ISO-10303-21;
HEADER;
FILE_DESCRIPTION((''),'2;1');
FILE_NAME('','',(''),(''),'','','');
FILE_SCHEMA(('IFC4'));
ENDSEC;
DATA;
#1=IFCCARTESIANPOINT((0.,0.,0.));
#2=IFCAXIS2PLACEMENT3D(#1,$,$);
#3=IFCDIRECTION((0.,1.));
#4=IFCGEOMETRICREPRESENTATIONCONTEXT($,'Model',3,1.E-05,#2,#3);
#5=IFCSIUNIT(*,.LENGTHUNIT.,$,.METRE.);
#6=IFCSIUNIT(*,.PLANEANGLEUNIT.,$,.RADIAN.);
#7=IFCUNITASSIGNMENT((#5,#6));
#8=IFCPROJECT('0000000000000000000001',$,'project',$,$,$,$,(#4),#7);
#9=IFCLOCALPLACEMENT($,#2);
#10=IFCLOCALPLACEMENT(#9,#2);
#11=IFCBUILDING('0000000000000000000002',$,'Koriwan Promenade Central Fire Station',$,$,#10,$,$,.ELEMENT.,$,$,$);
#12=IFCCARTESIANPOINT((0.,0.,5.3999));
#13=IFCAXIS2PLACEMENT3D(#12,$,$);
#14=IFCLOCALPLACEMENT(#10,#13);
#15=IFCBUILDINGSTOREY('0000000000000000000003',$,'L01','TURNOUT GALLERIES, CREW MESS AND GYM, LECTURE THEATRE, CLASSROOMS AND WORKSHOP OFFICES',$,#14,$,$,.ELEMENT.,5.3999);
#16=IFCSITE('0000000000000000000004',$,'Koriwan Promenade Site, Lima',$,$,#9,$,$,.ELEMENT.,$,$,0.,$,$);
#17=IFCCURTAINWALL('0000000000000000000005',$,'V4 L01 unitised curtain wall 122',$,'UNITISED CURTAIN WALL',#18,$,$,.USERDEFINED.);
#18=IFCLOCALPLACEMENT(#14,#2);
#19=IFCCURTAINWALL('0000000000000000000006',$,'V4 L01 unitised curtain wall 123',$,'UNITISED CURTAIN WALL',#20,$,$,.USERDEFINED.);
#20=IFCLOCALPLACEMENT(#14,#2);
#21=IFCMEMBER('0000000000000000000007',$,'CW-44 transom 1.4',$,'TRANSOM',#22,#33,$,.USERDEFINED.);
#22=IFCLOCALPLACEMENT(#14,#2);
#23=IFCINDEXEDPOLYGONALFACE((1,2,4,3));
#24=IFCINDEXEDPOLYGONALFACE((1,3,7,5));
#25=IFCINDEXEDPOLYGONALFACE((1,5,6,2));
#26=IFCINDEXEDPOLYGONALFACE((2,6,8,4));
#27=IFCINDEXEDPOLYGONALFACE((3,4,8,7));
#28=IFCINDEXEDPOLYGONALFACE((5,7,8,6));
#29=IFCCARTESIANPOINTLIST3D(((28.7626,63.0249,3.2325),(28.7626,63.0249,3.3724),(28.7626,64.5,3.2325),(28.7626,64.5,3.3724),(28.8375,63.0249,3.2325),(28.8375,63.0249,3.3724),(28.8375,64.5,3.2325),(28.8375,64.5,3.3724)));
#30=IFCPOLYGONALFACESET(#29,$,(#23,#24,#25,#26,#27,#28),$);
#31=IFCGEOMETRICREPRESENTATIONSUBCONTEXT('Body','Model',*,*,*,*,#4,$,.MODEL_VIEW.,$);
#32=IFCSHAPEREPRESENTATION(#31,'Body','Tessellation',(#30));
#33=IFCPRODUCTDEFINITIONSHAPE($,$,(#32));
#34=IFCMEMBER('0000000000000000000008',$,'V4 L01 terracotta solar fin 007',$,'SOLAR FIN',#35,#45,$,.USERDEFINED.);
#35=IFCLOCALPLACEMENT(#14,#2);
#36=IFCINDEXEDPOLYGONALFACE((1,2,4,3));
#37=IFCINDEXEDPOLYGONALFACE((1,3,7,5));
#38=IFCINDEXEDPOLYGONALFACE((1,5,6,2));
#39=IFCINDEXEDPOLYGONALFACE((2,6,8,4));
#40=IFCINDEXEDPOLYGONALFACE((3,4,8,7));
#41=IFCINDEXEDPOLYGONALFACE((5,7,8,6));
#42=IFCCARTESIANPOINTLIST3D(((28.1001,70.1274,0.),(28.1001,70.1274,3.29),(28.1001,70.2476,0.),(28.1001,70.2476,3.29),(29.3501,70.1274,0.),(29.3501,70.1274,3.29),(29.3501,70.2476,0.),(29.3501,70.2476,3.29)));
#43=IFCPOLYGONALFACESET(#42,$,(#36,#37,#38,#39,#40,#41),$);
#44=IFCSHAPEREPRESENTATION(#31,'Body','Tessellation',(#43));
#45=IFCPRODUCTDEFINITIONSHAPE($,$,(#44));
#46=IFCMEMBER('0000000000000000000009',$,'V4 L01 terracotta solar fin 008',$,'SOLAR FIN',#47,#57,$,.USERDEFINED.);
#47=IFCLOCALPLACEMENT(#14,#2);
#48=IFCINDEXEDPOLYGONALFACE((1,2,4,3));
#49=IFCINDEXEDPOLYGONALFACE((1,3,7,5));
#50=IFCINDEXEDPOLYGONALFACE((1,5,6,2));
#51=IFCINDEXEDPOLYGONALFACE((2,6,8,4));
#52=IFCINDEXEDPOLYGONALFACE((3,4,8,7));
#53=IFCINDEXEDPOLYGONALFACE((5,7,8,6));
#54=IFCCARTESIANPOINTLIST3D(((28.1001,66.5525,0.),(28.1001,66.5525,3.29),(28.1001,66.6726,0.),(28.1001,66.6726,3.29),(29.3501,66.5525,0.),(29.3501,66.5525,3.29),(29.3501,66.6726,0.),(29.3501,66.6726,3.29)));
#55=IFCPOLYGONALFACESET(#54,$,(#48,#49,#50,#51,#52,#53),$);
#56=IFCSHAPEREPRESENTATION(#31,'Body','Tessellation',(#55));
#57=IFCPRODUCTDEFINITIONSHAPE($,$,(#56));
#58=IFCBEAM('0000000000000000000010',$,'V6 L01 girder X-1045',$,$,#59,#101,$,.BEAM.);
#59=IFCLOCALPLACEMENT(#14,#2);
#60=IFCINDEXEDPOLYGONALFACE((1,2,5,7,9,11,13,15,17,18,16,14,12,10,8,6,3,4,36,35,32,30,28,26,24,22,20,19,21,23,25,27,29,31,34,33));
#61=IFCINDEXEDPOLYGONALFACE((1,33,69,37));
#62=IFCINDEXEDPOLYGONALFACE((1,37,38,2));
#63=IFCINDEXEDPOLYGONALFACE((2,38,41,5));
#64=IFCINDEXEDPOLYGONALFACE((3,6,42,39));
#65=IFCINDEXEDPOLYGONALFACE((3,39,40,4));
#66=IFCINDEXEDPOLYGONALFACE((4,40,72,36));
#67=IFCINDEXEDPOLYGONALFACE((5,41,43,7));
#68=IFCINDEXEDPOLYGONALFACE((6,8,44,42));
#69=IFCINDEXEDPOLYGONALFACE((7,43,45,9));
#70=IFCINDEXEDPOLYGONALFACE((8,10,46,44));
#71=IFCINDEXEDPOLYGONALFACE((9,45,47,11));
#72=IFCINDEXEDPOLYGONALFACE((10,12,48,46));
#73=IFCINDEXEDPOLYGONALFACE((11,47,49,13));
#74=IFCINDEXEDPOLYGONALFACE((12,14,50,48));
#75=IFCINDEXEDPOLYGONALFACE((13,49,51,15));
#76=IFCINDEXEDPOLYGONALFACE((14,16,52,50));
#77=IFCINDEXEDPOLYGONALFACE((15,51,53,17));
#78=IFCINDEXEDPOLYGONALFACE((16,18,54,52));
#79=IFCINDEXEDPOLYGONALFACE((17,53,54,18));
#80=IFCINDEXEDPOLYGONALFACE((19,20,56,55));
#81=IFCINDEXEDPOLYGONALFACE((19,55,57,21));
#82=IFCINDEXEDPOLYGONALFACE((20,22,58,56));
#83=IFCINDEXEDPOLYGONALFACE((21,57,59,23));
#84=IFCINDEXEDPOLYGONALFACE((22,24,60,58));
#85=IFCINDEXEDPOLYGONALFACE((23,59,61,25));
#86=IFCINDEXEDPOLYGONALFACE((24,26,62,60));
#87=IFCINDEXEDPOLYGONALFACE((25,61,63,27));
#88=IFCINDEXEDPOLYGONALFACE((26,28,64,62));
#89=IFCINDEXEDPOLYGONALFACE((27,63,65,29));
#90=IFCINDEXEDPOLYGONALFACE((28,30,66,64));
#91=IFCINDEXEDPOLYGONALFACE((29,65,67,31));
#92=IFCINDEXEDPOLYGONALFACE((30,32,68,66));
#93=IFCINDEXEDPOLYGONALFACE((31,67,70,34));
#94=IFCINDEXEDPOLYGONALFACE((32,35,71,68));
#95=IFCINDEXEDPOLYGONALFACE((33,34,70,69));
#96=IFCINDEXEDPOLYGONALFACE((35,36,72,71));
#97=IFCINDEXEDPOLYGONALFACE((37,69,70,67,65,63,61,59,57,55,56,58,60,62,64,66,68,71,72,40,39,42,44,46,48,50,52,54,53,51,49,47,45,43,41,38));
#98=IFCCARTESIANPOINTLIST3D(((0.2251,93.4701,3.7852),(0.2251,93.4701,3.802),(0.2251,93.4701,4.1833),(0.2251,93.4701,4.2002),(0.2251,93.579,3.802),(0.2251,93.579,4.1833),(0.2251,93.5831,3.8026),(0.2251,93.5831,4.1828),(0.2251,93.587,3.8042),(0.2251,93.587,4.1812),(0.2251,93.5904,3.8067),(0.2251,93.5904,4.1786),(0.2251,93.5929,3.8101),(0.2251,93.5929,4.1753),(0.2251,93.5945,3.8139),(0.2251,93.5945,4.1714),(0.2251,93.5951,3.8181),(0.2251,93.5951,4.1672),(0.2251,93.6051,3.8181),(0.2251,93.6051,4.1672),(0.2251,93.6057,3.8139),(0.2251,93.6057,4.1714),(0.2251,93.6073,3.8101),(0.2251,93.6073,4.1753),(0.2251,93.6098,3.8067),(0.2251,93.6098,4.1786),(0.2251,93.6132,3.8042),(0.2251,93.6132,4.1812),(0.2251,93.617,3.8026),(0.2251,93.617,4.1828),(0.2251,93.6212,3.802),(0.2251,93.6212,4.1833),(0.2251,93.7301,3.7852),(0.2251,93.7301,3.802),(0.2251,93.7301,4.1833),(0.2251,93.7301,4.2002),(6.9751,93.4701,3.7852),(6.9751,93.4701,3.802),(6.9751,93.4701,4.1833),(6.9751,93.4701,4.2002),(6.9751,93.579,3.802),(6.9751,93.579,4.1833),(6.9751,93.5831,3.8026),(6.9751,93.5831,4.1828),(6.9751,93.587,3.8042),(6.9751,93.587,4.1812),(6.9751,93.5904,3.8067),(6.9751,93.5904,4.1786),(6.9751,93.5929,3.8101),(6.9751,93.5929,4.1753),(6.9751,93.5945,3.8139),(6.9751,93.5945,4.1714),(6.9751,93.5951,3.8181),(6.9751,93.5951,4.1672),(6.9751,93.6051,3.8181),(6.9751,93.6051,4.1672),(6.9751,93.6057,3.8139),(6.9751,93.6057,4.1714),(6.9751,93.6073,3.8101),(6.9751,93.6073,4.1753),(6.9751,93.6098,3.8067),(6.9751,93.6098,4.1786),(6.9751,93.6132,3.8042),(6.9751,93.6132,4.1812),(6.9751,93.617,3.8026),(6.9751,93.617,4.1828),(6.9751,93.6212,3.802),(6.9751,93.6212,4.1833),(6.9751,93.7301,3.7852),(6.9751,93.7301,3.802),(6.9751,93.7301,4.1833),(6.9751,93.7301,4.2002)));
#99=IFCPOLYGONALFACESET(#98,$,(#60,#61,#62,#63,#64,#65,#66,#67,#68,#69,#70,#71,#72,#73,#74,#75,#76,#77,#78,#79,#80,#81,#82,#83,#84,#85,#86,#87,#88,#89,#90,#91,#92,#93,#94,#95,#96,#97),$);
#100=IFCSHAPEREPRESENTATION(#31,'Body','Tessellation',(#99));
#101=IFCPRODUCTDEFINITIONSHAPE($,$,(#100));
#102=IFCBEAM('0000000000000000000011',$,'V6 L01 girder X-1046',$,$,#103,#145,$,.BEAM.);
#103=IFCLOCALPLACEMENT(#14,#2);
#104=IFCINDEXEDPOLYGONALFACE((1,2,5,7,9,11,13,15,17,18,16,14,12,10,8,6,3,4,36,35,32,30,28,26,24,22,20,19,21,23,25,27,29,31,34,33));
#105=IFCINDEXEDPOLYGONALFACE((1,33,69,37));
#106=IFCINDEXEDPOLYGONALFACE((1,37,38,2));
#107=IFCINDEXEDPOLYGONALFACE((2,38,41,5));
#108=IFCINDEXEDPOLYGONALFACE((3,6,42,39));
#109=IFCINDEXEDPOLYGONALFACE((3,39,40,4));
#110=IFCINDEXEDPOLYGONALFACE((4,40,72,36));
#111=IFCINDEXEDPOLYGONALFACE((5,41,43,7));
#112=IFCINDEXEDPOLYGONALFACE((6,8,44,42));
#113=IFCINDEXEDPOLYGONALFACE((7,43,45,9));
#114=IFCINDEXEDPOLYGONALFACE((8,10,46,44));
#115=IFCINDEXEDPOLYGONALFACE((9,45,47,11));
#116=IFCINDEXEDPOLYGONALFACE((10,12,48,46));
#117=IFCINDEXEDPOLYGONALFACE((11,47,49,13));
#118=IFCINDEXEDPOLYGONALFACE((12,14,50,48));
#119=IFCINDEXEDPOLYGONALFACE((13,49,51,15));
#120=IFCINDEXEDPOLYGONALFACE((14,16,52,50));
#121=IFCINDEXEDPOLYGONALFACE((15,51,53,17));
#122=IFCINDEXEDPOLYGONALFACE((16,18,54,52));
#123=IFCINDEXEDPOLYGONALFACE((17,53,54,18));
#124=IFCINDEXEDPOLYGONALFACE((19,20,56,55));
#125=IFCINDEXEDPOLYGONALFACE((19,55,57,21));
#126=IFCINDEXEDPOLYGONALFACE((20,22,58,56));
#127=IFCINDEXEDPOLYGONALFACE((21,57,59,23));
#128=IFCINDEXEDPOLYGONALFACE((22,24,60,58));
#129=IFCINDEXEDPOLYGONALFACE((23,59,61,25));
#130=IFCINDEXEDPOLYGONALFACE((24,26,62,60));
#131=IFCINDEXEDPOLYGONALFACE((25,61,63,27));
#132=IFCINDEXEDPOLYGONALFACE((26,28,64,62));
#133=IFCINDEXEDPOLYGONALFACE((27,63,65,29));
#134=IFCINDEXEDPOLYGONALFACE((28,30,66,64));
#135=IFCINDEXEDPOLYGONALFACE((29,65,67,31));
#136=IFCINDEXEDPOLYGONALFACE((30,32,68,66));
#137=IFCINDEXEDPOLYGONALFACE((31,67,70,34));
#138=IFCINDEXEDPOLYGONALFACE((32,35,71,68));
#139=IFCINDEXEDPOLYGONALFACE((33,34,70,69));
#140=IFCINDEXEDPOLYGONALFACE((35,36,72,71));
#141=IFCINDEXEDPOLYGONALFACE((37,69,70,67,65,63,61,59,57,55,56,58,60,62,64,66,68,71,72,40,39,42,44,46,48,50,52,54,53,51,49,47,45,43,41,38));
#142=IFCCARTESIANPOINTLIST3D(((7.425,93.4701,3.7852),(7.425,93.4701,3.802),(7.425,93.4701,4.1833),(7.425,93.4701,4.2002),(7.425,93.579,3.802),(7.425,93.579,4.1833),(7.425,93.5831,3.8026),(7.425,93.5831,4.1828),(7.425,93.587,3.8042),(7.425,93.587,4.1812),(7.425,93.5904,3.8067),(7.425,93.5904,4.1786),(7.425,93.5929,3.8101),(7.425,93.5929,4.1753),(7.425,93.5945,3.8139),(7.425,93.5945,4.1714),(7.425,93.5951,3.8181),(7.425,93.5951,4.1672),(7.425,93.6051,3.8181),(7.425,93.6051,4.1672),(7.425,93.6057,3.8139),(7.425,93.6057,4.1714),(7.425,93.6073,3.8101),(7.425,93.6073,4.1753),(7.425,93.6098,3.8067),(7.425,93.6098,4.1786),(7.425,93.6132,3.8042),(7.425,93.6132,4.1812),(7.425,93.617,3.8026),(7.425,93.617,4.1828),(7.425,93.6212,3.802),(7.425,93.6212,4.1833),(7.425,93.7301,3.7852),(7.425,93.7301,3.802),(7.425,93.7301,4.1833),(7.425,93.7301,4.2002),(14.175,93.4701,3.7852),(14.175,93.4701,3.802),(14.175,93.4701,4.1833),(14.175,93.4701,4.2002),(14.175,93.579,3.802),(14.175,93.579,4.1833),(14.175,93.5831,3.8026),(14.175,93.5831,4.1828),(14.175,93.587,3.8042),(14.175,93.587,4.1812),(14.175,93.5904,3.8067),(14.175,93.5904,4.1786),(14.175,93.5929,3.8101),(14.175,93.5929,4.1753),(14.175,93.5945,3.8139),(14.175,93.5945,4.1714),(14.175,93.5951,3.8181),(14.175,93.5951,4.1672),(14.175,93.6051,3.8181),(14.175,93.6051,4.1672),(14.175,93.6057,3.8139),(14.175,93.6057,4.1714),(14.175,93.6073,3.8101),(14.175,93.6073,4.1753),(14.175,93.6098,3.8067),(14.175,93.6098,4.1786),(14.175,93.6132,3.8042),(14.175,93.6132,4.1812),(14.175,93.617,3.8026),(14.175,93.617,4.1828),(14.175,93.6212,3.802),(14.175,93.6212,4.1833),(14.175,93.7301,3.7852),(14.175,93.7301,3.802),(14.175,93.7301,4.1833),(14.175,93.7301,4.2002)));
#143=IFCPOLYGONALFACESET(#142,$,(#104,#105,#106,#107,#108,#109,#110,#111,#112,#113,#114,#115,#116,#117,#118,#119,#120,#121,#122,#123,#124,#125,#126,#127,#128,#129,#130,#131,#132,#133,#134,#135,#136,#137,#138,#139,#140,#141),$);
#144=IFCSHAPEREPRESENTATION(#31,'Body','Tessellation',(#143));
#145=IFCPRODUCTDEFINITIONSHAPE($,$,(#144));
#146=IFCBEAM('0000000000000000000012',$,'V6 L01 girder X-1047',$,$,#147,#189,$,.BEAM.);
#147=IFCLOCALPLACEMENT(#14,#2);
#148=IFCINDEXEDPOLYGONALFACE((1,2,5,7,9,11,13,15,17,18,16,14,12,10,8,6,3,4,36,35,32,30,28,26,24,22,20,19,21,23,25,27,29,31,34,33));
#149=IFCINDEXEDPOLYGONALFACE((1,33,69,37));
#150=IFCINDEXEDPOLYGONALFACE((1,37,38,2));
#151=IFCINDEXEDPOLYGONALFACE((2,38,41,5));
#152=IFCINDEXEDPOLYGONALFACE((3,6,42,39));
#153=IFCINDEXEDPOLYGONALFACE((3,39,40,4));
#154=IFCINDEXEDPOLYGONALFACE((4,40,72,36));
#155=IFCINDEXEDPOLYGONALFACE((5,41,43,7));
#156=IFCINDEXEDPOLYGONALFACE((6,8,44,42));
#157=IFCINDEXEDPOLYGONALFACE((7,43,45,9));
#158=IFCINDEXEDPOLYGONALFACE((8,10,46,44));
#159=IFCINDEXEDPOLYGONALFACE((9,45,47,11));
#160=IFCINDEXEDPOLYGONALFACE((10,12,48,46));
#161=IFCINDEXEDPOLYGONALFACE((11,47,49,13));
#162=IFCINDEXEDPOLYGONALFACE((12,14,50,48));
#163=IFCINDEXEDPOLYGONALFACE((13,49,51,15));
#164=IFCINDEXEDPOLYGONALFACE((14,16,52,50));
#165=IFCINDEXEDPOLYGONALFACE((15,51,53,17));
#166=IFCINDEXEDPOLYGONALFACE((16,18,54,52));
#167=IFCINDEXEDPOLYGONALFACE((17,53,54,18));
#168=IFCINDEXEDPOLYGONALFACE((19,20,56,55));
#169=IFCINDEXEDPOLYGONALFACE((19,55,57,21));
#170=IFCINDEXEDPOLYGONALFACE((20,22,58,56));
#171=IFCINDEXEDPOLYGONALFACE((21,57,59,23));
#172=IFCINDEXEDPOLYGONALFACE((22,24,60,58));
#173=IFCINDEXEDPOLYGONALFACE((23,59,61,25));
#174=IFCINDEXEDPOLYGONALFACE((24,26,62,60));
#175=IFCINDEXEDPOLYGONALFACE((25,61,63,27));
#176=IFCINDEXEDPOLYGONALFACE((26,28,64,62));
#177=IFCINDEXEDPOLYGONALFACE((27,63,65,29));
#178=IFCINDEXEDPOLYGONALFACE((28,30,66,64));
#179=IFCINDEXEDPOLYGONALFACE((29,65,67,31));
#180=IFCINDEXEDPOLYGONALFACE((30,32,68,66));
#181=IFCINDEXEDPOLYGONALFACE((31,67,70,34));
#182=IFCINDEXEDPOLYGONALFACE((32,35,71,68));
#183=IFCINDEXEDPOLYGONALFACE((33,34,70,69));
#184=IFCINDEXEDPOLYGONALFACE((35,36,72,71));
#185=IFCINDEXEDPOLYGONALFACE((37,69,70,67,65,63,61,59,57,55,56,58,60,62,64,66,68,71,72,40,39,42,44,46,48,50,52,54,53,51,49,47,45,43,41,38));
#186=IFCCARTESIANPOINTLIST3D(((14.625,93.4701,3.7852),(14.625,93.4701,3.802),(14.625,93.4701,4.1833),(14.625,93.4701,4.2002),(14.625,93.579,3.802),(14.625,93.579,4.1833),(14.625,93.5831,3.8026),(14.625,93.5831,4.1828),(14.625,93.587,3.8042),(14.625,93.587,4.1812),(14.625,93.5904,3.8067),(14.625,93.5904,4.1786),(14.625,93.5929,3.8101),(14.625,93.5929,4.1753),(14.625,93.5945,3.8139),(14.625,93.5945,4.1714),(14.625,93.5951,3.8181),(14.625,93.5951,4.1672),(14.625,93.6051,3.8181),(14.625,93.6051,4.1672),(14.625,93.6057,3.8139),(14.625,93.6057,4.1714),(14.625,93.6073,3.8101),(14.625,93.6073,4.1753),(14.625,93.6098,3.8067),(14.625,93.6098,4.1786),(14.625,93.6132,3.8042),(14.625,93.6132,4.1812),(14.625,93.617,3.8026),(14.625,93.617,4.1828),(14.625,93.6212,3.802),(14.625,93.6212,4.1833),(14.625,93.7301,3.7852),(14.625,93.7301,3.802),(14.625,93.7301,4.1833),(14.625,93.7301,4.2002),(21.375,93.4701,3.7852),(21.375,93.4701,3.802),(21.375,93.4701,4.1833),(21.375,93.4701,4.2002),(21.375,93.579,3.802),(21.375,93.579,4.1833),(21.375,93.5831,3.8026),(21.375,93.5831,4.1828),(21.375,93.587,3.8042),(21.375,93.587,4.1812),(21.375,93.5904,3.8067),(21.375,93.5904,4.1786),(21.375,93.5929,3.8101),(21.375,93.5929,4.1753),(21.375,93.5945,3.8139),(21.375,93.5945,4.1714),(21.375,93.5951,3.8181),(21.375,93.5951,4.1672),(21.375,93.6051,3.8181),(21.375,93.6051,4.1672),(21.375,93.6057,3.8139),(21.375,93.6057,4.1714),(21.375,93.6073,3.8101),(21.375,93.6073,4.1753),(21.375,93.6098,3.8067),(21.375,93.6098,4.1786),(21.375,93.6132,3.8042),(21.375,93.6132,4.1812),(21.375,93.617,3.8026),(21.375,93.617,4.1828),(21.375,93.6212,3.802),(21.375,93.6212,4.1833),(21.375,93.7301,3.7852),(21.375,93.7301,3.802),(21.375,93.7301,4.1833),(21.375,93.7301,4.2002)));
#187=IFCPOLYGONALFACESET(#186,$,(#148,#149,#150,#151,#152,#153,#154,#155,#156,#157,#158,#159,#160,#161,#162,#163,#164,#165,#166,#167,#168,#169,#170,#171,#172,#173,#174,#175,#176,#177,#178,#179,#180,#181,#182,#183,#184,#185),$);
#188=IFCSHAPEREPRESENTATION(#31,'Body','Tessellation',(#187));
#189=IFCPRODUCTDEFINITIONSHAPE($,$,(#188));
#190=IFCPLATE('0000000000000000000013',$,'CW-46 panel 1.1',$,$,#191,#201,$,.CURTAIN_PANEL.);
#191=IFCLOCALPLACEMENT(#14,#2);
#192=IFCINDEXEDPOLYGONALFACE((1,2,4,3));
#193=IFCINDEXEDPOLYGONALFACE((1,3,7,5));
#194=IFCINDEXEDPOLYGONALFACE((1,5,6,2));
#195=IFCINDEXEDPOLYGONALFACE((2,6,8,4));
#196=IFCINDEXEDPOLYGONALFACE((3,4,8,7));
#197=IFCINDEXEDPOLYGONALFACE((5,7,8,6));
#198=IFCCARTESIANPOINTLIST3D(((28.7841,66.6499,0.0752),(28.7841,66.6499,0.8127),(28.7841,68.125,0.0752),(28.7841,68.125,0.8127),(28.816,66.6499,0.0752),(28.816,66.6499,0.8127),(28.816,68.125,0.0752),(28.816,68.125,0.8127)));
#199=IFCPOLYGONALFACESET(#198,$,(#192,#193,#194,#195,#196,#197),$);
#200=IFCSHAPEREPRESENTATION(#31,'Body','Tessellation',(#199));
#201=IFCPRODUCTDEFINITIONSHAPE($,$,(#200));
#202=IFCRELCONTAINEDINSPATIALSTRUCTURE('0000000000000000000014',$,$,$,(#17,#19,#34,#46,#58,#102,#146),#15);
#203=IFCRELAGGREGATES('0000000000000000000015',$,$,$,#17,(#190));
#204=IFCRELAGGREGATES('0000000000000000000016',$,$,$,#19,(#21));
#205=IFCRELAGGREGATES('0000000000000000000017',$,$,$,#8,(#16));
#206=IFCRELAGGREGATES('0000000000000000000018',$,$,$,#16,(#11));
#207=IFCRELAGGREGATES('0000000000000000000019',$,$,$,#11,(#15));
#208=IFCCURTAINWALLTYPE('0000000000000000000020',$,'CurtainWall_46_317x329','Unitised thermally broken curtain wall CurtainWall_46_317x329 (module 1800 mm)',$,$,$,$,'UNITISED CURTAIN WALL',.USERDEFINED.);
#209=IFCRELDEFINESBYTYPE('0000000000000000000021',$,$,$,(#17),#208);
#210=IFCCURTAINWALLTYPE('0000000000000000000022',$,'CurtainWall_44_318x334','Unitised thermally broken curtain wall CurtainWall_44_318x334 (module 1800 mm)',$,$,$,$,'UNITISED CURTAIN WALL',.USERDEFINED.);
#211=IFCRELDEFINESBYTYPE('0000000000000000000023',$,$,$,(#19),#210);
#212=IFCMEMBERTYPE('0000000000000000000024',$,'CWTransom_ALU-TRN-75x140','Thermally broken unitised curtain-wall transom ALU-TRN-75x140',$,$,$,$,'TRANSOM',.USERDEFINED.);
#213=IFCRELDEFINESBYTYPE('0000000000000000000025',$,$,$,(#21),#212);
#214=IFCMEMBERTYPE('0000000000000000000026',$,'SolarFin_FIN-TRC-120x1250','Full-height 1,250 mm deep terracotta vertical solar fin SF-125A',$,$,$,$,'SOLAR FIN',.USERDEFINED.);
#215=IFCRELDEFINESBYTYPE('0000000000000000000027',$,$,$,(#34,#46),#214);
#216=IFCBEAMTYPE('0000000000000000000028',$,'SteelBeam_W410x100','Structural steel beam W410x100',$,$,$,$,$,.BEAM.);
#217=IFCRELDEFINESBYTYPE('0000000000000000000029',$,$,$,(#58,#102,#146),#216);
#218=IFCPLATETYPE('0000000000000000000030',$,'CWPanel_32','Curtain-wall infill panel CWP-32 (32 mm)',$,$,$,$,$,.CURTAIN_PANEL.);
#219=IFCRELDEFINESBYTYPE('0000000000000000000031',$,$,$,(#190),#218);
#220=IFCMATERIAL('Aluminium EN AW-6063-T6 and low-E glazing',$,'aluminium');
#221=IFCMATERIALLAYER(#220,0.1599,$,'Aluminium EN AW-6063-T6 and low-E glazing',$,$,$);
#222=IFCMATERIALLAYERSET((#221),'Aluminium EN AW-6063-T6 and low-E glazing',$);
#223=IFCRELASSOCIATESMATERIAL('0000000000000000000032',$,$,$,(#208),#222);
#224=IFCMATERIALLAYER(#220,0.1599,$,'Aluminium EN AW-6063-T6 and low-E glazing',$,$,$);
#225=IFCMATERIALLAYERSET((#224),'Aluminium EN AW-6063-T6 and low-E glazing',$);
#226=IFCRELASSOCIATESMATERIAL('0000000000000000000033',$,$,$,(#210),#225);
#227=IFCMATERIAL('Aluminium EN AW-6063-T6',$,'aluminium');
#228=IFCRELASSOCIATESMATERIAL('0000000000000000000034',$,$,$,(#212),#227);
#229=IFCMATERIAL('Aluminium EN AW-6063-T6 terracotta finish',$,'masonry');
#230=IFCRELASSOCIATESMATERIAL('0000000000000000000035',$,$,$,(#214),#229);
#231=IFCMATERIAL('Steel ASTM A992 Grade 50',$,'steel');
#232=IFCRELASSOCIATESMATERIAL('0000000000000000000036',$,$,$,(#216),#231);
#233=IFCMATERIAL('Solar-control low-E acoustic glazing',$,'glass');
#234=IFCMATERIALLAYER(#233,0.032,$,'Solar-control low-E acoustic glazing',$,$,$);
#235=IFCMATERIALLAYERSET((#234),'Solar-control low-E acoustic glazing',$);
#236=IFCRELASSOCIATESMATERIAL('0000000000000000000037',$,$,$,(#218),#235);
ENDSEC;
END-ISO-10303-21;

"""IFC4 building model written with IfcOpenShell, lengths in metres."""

from ifc_helpers import new_model, si_unit, direction, frame, origin, origin_2d, place, context, subcontext, project, spatial, rectangle, i_section, extrude, material, layer, layer_set, material_profile, profile_set, type_object, element, aggregate, save


model = new_model("IFC4")

# Units and contexts
model_context = context("Model", 3, precision=1e-05, world=origin(), true_north=direction((0.0, 1.0)))
body_context = subcontext(model_context, "Body", "Model", "MODEL_VIEW")
ifc_project = project(units=[si_unit("LENGTHUNIT", "METRE"), si_unit("PLANEANGLEUNIT", "RADIAN")], contexts=[model_context])

# Site, building, storey
site_placement = place(None, origin())
site = spatial("IfcSite", under=ifc_project, at=site_placement, Name="Koriwan Promenade Site, Lima", CompositionType="ELEMENT", RefElevation=0.0)
building_placement = place(site_placement, origin())
building = spatial("IfcBuilding", under=site, at=building_placement, Name="Koriwan Promenade Central Fire Station", CompositionType="ELEMENT")
storey_placement = place(building_placement, frame((0.0, 0.0, 5.3999)))
storey = spatial("IfcBuildingStorey", under=building, at=storey_placement, Name="L01", Description="TURNOUT GALLERIES, CREW MESS AND GYM, LECTURE THEATRE, CLASSROOMS AND WORKSHOP OFFICES", CompositionType="ELEMENT", Elevation=5.3999)

# Curtain wall
ifc_material_1 = material(Name="Aluminium EN AW-6063-T6 and low-E glazing", Category="aluminium")
ifc_layer_1 = layer(ifc_material_1, 0.1599, Name="Aluminium EN AW-6063-T6 and low-E glazing")
ifc_layer_set_1 = layer_set([ifc_layer_1], Name="Aluminium EN AW-6063-T6 and low-E glazing")
curtain_wall_type_1 = type_object("IfcCurtainWallType", Name="CurtainWall_46_317x329", Description="Unitised thermally broken curtain wall CurtainWall_46_317x329 (module 1800 mm)", ElementType="UNITISED CURTAIN WALL", PredefinedType="USERDEFINED", material=ifc_layer_set_1)
curtain_wall_1_placement = place(storey_placement, origin())
curtain_wall_1 = element("IfcCurtainWall", 1, at=curtain_wall_1_placement, inside=storey, type_object=curtain_wall_type_1, Name="V4 L01 unitised curtain wall 122", ObjectType="UNITISED CURTAIN WALL", PredefinedType="USERDEFINED")
ifc_material_2 = material(Name="Aluminium EN AW-6063-T6", Category="aluminium")

# Curtain wall
ifc_layer_2 = layer(ifc_material_1, 0.1599, Name="Aluminium EN AW-6063-T6 and low-E glazing")
ifc_layer_set_2 = layer_set([ifc_layer_2], Name="Aluminium EN AW-6063-T6 and low-E glazing")
curtain_wall_type_2 = type_object("IfcCurtainWallType", Name="CurtainWall_44_318x334", Description="Unitised thermally broken curtain wall CurtainWall_44_318x334 (module 1800 mm)", ElementType="UNITISED CURTAIN WALL", PredefinedType="USERDEFINED", material=ifc_layer_set_2)
curtain_wall_2_placement = place(storey_placement, origin())
curtain_wall_2 = element("IfcCurtainWall", 2, at=curtain_wall_2_placement, inside=storey, type_object=curtain_wall_type_2, Name="V4 L01 unitised curtain wall 123", ObjectType="UNITISED CURTAIN WALL", PredefinedType="USERDEFINED")

# Member
ifc_material_profile_1 = material_profile(ifc_material_2, rectangle(XDim=0.075, YDim=0.1399, at=origin_2d()), Name="ALU-TRN-75x140")
ifc_profile_set_1 = profile_set([ifc_material_profile_1], Name="Aluminium EN AW-6063-T6")
member_type_1 = type_object("IfcMemberType", Name="CWTransom_ALU-TRN-75x140", Description="Thermally broken unitised curtain-wall transom ALU-TRN-75x140", ElementType="TRANSOM", PredefinedType="USERDEFINED", material=ifc_profile_set_1)
member_1_placement = place(storey_placement, frame((28.8, 64.5, 3.3025), z_axis=(0.0, -1.0, 0.0), x_axis=(1.0, 0.0, 0.0)))
member_1 = element("IfcMember", 3, at=member_1_placement, type_object=member_type_1, Name="CW-44 transom 1.4", ObjectType="TRANSOM", PredefinedType="USERDEFINED", context=body_context, shape_type="SweptSolid", body=[
    extrude(rectangle(XDim=0.075, YDim=0.1399, at=origin_2d()), origin(), (0.0, 0.0, 1.0), 1.4751),
])

# Members
ifc_material_3 = material(Name="Aluminium EN AW-6063-T6 terracotta finish", Category="masonry")
ifc_material_profile_2 = material_profile(ifc_material_3, rectangle(XDim=0.1201, YDim=1.25, at=origin_2d()), Name="FIN-TRC-120x1250")
ifc_profile_set_2 = profile_set([ifc_material_profile_2], Name="Aluminium EN AW-6063-T6 terracotta finish")
member_type_2 = type_object("IfcMemberType", Name="SolarFin_FIN-TRC-120x1250", Description="Full-height 1,250 mm deep terracotta vertical solar fin SF-125A", ElementType="SOLAR FIN", PredefinedType="USERDEFINED", material=ifc_profile_set_2)
for number, where, z_axis, x_axis, name in (
    (4, (28.7251, 70.1875, 0.0), (0.0, 0.0, 1.0), (0.0, 1.0, 0.0), "V4 L01 terracotta solar fin 007"),
    (5, (28.7251, 66.6125, 0.0), (0.0, 0.0, 1.0), (0.0, 1.0, 0.0), "V4 L01 terracotta solar fin 008"),
):
    element("IfcMember", number, at=place(storey_placement, frame(where, z_axis=z_axis, x_axis=x_axis)), inside=storey, type_object=member_type_2, Name=name, ObjectType="SOLAR FIN", PredefinedType="USERDEFINED", context=body_context, shape_type="SweptSolid", body=[
        extrude(rectangle(XDim=0.1201, YDim=1.25, at=origin_2d()), origin(), (0.0, 0.0, 1.0), 3.29),
    ])

# Beams
ifc_material_4 = material(Name="Steel ASTM A992 Grade 50", Category="steel")
ifc_material_profile_3 = material_profile(ifc_material_4, i_section(OverallWidth=0.26, OverallDepth=0.415, WebThickness=0.01, FlangeThickness=0.0168, FilletRadius=0.0161, at=origin_2d()), Name="W410x100")
ifc_profile_set_3 = profile_set([ifc_material_profile_3], Name="Steel ASTM A992 Grade 50")
beam_type_1 = type_object("IfcBeamType", Name="SteelBeam_W410x100", Description="Structural steel beam W410x100", PredefinedType="BEAM", material=ifc_profile_set_3)
for number, where, z_axis, x_axis, name in (
    (6, (0.2251, 93.6001, 3.9927), (1.0, 0.0, 0.0), (0.0, 1.0, 0.0), "V6 L01 girder X-1045"),
    (7, (7.425, 93.6001, 3.9927), (1.0, 0.0, 0.0), (0.0, 1.0, 0.0), "V6 L01 girder X-1046"),
    (8, (14.625, 93.6001, 3.9927), (1.0, 0.0, 0.0), (0.0, 1.0, 0.0), "V6 L01 girder X-1047"),
):
    element("IfcBeam", number, at=place(storey_placement, frame(where, z_axis=z_axis, x_axis=x_axis)), inside=storey, type_object=beam_type_1, Name=name, PredefinedType="BEAM", context=body_context, shape_type="SweptSolid", body=[
        extrude(i_section(OverallWidth=0.26, OverallDepth=0.415, WebThickness=0.01, FlangeThickness=0.0168, FilletRadius=0.0161, at=origin_2d()), origin(), (0.0, 0.0, 1.0), 6.75),
    ])

# Plate
ifc_material_5 = material(Name="Solar-control low-E acoustic glazing", Category="glass")
ifc_layer_3 = layer(ifc_material_5, 0.032, Name="Solar-control low-E acoustic glazing")
ifc_layer_set_3 = layer_set([ifc_layer_3], Name="Solar-control low-E acoustic glazing")
plate_type = type_object("IfcPlateType", Name="CWPanel_32", Description="Curtain-wall infill panel CWP-32 (32 mm)", PredefinedType="CURTAIN_PANEL", material=ifc_layer_set_3)
plate_1_placement = place(storey_placement, frame((28.8, 67.3875, 0.0752), z_axis=(0.0, 0.0, 1.0), x_axis=(0.0, -1.0, 0.0)))
plate_1 = element("IfcPlate", 9, at=plate_1_placement, type_object=plate_type, Name="CW-46 panel 1.1", PredefinedType="CURTAIN_PANEL", context=body_context, shape_type="SweptSolid", body=[
    extrude(rectangle(XDim=1.4751, YDim=0.032, at=origin_2d()), origin(), (0.0, 0.0, 1.0), 0.7375),
])
aggregate(curtain_wall_1, [plate_1])
aggregate(curtain_wall_2, [member_1])

save(model, "model.ifc")
